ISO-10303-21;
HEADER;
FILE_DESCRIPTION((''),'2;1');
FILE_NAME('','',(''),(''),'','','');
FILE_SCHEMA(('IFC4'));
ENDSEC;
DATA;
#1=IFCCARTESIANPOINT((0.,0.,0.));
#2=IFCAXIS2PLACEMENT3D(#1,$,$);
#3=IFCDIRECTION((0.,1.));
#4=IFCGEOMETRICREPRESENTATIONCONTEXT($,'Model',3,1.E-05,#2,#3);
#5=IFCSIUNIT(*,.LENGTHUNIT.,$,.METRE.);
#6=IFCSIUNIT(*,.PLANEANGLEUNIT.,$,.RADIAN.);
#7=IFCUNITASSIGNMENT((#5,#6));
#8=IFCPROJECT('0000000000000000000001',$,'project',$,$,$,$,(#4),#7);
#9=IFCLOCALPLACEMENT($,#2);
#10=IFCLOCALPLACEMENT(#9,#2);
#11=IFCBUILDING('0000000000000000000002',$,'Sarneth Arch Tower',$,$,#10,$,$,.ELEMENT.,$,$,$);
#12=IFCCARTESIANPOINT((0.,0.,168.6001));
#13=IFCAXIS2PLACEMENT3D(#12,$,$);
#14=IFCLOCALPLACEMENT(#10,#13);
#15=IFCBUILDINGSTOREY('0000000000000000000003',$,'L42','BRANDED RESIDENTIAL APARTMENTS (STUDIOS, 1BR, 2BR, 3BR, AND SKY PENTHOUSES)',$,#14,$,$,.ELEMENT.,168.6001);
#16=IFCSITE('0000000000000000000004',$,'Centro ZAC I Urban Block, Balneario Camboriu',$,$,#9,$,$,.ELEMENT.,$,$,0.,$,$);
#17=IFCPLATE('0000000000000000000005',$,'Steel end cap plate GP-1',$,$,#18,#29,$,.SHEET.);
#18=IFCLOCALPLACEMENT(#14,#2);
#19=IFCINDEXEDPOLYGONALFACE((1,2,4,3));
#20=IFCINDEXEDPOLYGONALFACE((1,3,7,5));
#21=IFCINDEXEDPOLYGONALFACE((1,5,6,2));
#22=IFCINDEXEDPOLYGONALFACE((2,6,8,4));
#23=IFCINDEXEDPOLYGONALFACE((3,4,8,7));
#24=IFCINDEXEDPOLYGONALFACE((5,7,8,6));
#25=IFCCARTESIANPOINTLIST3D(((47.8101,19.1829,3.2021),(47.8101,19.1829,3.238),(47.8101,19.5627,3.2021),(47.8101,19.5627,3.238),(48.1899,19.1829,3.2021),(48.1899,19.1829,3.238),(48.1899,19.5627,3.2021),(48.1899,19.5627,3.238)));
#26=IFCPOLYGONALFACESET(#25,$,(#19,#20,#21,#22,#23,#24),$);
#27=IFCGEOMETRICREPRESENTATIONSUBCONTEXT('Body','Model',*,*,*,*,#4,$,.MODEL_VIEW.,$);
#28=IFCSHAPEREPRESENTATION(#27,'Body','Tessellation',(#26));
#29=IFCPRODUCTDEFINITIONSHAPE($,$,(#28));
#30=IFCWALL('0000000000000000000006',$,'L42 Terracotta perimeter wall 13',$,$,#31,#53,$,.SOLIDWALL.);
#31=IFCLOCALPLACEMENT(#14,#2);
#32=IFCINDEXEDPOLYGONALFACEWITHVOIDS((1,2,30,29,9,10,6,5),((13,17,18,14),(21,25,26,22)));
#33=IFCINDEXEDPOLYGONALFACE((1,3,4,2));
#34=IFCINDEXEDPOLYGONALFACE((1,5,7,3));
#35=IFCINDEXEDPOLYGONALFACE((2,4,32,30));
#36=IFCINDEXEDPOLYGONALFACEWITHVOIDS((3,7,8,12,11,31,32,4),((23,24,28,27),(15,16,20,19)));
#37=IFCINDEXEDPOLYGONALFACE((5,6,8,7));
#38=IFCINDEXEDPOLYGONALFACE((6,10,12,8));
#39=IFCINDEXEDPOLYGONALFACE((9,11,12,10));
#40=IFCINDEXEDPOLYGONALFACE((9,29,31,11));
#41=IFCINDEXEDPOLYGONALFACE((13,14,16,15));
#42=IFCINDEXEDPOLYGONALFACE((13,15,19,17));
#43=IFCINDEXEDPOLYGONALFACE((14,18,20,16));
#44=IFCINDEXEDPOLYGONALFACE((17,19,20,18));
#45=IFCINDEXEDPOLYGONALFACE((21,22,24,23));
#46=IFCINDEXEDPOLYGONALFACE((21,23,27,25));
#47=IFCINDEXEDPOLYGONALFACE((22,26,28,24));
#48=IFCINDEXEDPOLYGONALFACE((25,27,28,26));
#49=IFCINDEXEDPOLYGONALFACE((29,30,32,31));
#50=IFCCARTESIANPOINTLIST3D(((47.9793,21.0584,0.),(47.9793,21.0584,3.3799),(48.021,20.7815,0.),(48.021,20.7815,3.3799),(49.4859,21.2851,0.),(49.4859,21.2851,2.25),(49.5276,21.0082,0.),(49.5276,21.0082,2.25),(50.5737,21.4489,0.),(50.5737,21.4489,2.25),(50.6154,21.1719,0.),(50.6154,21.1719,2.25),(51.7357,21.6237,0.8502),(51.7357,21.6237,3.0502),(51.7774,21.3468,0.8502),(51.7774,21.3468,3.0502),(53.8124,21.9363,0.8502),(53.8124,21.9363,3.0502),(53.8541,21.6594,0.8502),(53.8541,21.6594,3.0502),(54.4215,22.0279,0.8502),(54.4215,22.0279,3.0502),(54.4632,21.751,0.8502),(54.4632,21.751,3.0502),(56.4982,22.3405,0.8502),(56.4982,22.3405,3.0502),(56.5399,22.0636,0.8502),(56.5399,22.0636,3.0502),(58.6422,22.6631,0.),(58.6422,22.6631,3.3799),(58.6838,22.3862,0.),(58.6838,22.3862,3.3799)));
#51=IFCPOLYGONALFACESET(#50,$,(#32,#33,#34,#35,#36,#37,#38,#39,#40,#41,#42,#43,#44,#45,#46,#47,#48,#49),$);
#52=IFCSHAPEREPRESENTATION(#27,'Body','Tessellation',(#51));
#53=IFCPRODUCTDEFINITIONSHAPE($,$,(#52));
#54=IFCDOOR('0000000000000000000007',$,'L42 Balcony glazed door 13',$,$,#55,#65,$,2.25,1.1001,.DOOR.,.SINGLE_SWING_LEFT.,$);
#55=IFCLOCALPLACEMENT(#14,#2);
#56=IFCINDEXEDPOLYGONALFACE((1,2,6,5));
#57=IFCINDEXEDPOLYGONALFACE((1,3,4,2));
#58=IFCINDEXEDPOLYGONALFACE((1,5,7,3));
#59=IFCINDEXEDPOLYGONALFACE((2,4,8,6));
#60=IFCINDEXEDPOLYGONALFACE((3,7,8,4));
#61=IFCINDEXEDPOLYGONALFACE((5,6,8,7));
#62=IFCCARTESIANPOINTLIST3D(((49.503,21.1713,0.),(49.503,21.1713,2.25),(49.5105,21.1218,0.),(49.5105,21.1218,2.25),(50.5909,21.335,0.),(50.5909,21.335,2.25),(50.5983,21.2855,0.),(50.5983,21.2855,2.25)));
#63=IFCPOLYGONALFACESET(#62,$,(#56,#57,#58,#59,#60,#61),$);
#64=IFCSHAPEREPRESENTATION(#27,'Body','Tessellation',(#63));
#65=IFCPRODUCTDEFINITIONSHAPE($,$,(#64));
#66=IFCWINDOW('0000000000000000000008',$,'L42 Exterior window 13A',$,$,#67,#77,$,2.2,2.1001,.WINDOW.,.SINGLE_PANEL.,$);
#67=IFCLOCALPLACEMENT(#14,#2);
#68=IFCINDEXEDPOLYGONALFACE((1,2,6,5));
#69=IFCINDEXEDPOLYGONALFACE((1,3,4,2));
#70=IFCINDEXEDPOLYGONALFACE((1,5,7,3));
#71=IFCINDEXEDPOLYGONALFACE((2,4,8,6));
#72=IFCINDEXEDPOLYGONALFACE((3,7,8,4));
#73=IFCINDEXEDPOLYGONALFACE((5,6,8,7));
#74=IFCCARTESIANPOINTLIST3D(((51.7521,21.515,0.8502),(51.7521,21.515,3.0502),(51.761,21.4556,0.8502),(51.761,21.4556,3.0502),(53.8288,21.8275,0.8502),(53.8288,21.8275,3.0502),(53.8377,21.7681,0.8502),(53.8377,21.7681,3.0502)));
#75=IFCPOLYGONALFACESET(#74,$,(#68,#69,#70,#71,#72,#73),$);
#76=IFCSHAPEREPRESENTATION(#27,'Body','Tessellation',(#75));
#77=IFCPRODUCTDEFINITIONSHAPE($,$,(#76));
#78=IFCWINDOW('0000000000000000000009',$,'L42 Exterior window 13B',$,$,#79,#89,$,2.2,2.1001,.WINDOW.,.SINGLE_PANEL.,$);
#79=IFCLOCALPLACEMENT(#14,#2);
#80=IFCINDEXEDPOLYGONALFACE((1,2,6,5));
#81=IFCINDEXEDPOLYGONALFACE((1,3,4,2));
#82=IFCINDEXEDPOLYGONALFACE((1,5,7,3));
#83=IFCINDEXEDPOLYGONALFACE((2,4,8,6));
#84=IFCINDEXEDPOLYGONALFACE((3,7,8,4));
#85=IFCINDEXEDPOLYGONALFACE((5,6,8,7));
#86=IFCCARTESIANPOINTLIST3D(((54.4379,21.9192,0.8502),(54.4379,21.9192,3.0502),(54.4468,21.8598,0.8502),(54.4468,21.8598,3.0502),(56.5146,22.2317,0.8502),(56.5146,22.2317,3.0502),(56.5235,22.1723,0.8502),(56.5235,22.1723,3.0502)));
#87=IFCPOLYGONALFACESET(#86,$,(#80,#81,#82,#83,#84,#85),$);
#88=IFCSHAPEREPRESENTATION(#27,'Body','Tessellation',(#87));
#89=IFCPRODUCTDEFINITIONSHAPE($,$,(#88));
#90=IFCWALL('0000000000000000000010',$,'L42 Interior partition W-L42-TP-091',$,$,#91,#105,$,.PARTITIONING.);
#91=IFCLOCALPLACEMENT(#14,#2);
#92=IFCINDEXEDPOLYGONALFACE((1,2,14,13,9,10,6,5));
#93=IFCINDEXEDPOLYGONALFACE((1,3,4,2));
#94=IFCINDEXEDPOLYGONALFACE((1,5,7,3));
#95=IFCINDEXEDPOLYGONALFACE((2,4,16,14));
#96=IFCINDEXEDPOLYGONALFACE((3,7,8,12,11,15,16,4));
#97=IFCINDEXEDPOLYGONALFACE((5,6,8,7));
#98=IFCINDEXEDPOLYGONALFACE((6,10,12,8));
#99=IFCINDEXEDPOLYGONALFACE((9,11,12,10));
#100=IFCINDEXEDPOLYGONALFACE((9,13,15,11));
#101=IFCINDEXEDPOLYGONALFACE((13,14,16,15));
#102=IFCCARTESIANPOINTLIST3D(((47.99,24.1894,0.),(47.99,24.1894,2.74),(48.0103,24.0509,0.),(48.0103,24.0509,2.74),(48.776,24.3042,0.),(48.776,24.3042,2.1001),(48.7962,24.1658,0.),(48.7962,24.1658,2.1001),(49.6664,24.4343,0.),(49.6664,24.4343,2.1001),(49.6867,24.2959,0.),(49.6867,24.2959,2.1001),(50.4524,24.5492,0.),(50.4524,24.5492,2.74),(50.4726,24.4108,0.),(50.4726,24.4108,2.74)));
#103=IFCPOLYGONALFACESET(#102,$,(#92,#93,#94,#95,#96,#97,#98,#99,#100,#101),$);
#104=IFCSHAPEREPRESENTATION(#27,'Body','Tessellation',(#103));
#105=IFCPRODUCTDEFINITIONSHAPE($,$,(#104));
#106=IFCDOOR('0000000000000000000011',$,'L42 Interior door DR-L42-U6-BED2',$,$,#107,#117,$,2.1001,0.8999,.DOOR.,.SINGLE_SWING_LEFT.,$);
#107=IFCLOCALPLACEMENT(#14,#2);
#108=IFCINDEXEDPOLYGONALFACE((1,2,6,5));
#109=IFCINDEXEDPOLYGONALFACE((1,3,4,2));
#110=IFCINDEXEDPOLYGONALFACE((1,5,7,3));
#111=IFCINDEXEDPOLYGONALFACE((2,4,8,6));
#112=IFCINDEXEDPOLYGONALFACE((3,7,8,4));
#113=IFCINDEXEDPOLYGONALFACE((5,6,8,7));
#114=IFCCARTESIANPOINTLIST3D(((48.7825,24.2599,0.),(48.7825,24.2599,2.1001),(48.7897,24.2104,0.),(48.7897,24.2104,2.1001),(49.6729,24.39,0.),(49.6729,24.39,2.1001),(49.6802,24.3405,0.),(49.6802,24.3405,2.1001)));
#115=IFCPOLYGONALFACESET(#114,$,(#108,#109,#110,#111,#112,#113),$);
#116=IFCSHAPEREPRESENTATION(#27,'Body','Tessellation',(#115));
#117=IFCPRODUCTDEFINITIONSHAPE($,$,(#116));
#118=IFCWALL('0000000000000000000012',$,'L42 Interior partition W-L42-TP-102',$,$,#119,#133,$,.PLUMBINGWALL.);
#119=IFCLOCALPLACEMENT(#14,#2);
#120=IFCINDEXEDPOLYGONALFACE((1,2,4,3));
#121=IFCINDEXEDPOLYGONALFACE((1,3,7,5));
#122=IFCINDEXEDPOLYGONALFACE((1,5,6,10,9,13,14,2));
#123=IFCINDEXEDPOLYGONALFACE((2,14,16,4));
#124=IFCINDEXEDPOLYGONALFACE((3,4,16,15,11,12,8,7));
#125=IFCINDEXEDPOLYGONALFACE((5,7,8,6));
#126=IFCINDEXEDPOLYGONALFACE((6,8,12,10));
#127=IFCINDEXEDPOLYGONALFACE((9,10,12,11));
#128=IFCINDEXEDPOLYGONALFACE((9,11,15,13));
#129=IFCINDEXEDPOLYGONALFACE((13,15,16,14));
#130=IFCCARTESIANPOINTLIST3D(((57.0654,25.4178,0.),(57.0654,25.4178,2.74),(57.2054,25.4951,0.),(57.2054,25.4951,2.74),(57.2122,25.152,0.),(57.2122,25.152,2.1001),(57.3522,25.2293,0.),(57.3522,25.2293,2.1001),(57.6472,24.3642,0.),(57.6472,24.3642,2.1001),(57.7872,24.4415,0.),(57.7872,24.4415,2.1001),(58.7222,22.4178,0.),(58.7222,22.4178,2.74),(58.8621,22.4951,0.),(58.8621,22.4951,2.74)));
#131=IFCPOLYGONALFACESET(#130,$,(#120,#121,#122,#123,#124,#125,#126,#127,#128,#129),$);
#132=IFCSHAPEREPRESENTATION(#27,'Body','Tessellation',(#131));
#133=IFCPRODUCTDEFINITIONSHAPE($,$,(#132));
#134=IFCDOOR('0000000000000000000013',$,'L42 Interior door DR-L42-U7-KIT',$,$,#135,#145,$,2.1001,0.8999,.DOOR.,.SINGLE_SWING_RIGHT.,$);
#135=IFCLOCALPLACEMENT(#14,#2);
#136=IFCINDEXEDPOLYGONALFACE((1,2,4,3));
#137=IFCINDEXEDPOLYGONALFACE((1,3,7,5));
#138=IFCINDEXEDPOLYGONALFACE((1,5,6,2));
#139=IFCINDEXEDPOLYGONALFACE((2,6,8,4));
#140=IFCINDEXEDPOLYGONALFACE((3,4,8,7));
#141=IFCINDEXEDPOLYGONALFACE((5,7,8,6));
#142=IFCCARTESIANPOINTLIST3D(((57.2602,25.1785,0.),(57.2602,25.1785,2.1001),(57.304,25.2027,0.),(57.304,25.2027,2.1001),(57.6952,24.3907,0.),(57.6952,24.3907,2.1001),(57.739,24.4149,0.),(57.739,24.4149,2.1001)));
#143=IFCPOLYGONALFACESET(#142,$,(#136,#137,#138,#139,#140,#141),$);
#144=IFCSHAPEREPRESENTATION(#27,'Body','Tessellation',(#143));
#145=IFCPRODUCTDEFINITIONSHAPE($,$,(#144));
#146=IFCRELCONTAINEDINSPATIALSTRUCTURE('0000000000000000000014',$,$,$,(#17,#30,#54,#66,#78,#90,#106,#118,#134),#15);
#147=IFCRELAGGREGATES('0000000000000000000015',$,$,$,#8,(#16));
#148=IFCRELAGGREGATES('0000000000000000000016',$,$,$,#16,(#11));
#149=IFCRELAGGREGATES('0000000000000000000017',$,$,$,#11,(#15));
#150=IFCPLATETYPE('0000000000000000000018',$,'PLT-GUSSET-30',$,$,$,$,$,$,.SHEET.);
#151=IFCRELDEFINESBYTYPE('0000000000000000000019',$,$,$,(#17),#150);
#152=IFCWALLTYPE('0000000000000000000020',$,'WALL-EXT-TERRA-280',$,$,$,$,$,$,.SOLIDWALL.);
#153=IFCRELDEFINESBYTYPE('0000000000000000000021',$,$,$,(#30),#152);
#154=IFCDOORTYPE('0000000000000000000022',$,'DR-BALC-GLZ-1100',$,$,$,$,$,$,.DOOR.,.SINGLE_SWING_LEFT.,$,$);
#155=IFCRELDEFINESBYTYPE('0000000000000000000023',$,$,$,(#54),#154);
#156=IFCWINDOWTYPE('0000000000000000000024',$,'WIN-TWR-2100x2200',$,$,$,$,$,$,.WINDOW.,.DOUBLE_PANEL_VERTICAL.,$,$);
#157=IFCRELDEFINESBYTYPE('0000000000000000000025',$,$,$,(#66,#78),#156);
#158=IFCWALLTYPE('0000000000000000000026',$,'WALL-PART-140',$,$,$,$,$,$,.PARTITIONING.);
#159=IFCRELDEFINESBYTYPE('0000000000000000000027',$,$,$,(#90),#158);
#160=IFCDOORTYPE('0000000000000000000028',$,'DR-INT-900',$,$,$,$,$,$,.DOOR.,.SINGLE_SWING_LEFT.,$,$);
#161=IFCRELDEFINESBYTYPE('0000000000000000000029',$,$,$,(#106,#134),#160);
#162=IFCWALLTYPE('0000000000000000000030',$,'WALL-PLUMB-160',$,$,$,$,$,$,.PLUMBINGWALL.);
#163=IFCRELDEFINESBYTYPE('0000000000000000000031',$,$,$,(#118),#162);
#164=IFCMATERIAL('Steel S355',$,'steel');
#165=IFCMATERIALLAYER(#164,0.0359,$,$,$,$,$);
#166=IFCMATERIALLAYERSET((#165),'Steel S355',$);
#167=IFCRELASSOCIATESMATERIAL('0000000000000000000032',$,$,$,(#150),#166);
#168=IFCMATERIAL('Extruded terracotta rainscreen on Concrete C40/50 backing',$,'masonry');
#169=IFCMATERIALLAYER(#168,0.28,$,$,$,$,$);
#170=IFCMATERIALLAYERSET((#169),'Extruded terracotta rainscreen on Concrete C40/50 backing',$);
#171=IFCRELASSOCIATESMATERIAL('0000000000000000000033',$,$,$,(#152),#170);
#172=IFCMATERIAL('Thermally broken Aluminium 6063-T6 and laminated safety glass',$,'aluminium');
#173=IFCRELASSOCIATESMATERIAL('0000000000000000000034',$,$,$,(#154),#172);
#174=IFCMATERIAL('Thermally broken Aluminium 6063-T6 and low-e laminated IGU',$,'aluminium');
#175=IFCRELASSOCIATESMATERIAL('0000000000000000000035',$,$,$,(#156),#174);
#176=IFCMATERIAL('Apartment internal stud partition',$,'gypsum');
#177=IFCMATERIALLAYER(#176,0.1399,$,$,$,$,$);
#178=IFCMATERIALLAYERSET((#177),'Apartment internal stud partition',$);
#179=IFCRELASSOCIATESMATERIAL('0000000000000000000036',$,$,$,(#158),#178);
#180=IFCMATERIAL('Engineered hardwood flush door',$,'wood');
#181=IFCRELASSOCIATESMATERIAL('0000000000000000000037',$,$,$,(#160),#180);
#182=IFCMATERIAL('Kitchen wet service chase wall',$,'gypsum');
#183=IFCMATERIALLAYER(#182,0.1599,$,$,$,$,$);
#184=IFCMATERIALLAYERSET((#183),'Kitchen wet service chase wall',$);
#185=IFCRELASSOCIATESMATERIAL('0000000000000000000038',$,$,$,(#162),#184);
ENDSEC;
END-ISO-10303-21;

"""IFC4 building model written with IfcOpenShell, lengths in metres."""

from ifc_helpers import new_model, si_unit, direction, frame, frame_2d, origin, origin_2d, place, context, subcontext, project, spatial, rectangle, extrude, material, layer, layer_set, type_object, element, fill, save


model = new_model("IFC4")

# Units and contexts
model_context = context("Model", 3, precision=1e-05, world=origin(), true_north=direction((0.0, 1.0)))
body_context = subcontext(model_context, "Body", "Model", "MODEL_VIEW")
ifc_project = project(units=[si_unit("LENGTHUNIT", "METRE"), si_unit("PLANEANGLEUNIT", "RADIAN")], contexts=[model_context])

# Site, building, storey
site_placement = place(None, origin())
site = spatial("IfcSite", under=ifc_project, at=site_placement, Name="Centro ZAC I Urban Block, Balneario Camboriu", CompositionType="ELEMENT", RefElevation=0.0)
building_placement = place(site_placement, origin())
building = spatial("IfcBuilding", under=site, at=building_placement, Name="Sarneth Arch Tower", CompositionType="ELEMENT")
storey_placement = place(building_placement, frame((0.0, 0.0, 168.6001)))
storey = spatial("IfcBuildingStorey", under=building, at=storey_placement, Name="L42", Description="BRANDED RESIDENTIAL APARTMENTS (STUDIOS, 1BR, 2BR, 3BR, AND SKY PENTHOUSES)", CompositionType="ELEMENT", Elevation=168.6001)

# Plate
ifc_material_1 = material(Name="Steel S355", Category="steel")
ifc_layer_1 = layer(ifc_material_1, 0.0359)
ifc_layer_set_1 = layer_set([ifc_layer_1], Name="Steel S355")
plate_type_1 = type_object("IfcPlateType", Name="PLT-GUSSET-30", PredefinedType="SHEET", material=ifc_layer_set_1)
plate_1_placement = place(storey_placement, frame((48.0, 19.3728, 3.2021), z_axis=(0.0, 0.0, 1.0), x_axis=(0.0, -1.0, 0.0)))
element("IfcPlate", 1, at=plate_1_placement, inside=storey, type_object=plate_type_1, Name="Steel end cap plate GP-1", PredefinedType="SHEET", context=body_context, shape_type="SweptSolid", body=[
    extrude(rectangle(XDim=0.3799, YDim=0.3799, at=origin_2d()), origin(), (0.0, 0.0, 1.0), 0.0359),
])

# Wall, openings, door, windows
ifc_material_2 = material(Name="Extruded terracotta rainscreen on Concrete C40/50 backing", Category="masonry")
ifc_layer_2 = layer(ifc_material_2, 0.28)
ifc_layer_set_2 = layer_set([ifc_layer_2], Name="Extruded terracotta rainscreen on Concrete C40/50 backing")
wall_type_1 = type_object("IfcWallType", Name="WALL-EXT-TERRA-280", PredefinedType="SOLIDWALL", material=ifc_layer_set_2)
wall_1_placement = place(storey_placement, frame((48.0, 20.9199, 0.0), z_axis=(0.0, 0.0, 1.0), x_axis=(0.988864, 0.148822, 0.0)))
wall_1 = element("IfcWall", 2, at=wall_1_placement, inside=storey, type_object=wall_type_1, Name="L42 Terracotta perimeter wall 13", PredefinedType="SOLIDWALL", context=body_context, shape_type="SweptSolid", body=[
    extrude(rectangle(XDim=10.783, YDim=0.28, at=frame_2d((5.3916, 0.0))), origin(), (0.0, 0.0, 1.0), 3.3799),
])
opening_1_placement = place(wall_1_placement, frame((1.5237, 0.0, 0.0)))
opening_1 = element("IfcOpeningElement", 3, at=opening_1_placement, cuts=wall_1, PredefinedType="OPENING", context=body_context, shape_type="SweptSolid", body=[
    extrude(rectangle(XDim=1.1001, YDim=2.25, at=frame_2d((0.55, 1.125))), frame((0.0, 0.1499, 0.0), z_axis=(0.0, -1.0, 0.0), x_axis=(1.0, 0.0, 0.0)), (0.0, 0.0, 1.0), 0.3),
])
opening_2_placement = place(wall_1_placement, frame((3.7988, 0.0, 0.8501)))
opening_2 = element("IfcOpeningElement", 4, at=opening_2_placement, cuts=wall_1, PredefinedType="OPENING", context=body_context, shape_type="SweptSolid", body=[
    extrude(rectangle(XDim=2.1001, YDim=2.2, at=frame_2d((1.05, 1.1001))), frame((0.0, 0.1499, 0.0), z_axis=(0.0, -1.0, 0.0), x_axis=(1.0, 0.0, 0.0)), (0.0, 0.0, 1.0), 0.3),
])
opening_3_placement = place(wall_1_placement, frame((6.5149, 0.0, 0.8501)))
opening_3 = element("IfcOpeningElement", 5, at=opening_3_placement, cuts=wall_1, PredefinedType="OPENING", context=body_context, shape_type="SweptSolid", body=[
    extrude(rectangle(XDim=2.1001, YDim=2.2, at=frame_2d((1.05, 1.1001))), frame((0.0, 0.1499, 0.0), z_axis=(0.0, -1.0, 0.0), x_axis=(1.0, 0.0, 0.0)), (0.0, 0.0, 1.0), 0.3),
])
ifc_material_3 = material(Name="Thermally broken Aluminium 6063-T6 and laminated safety glass", Category="aluminium")
door_type_1 = type_object("IfcDoorType", Name="DR-BALC-GLZ-1100", OperationType="SINGLE_SWING_LEFT", PredefinedType="DOOR", material=ifc_material_3)
door_1_placement = place(opening_1_placement, origin())
door_1 = element("IfcDoor", 6, at=door_1_placement, inside=storey, type_object=door_type_1, Name="L42 Balcony glazed door 13", OperationType="SINGLE_SWING_LEFT", OverallHeight=2.25, OverallWidth=1.1001, PredefinedType="DOOR", context=body_context, shape_type="SweptSolid", body=[
    extrude(rectangle(XDim=1.1001, YDim=2.25, at=frame_2d((0.55, 1.125))), frame((0.0, 0.0249, 0.0), z_axis=(0.0, -1.0, 0.0), x_axis=(1.0, 0.0, 0.0)), (0.0, 0.0, 1.0), 0.05),
])
fill(opening_1, door_1)
ifc_material_4 = material(Name="Thermally broken Aluminium 6063-T6 and low-e laminated IGU", Category="aluminium")
window_type = type_object("IfcWindowType", Name="WIN-TWR-2100x2200", PartitioningType="DOUBLE_PANEL_VERTICAL", PredefinedType="WINDOW", material=ifc_material_4)
window_1_placement = place(opening_2_placement, origin())
window_1 = element("IfcWindow", 7, at=window_1_placement, inside=storey, type_object=window_type, Name="L42 Exterior window 13A", OverallHeight=2.2, OverallWidth=2.1001, PartitioningType="SINGLE_PANEL", PredefinedType="WINDOW", context=body_context, shape_type="SweptSolid", body=[
    extrude(rectangle(XDim=2.1001, YDim=2.2, at=frame_2d((1.05, 1.1001))), frame((0.0, 0.03, 0.0), z_axis=(0.0, -1.0, 0.0), x_axis=(1.0, 0.0, 0.0)), (0.0, 0.0, 1.0), 0.0601),
])
fill(opening_2, window_1)
window_2_placement = place(opening_3_placement, origin())
window_2 = element("IfcWindow", 8, at=window_2_placement, inside=storey, type_object=window_type, Name="L42 Exterior window 13B", OverallHeight=2.2, OverallWidth=2.1001, PartitioningType="SINGLE_PANEL", PredefinedType="WINDOW", context=body_context, shape_type="SweptSolid", body=[
    extrude(rectangle(XDim=2.1001, YDim=2.2, at=frame_2d((1.05, 1.1001))), frame((0.0, 0.03, 0.0), z_axis=(0.0, -1.0, 0.0), x_axis=(1.0, 0.0, 0.0)), (0.0, 0.0, 1.0), 0.0601),
])
fill(opening_3, window_2)

# Walls, openings, doors
ifc_material_5 = material(Name="Apartment internal stud partition", Category="gypsum")
ifc_layer_3 = layer(ifc_material_5, 0.1399)
ifc_layer_set_3 = layer_set([ifc_layer_3], Name="Apartment internal stud partition")
wall_type_2 = type_object("IfcWallType", Name="WALL-PART-140", PredefinedType="PARTITIONING", material=ifc_layer_set_3)
wall_2_placement = place(storey_placement, frame((50.4624, 24.48, 0.0), z_axis=(0.0, 0.0, 1.0), x_axis=(-0.989489, -0.144607, 0.0)))
wall_2 = element("IfcWall", 9, at=wall_2_placement, inside=storey, type_object=wall_type_2, Name="L42 Interior partition W-L42-TP-091", PredefinedType="PARTITIONING", context=body_context, shape_type="SweptSolid", body=[
    extrude(rectangle(XDim=2.4885, YDim=0.1399, at=frame_2d((1.2441, 0.0))), origin(), (0.0, 0.0, 1.0), 2.74),
])
opening_4_placement = place(wall_2_placement, frame((0.7942, 0.0, 0.0)))
opening_4 = element("IfcOpeningElement", 10, at=opening_4_placement, cuts=wall_2, PredefinedType="OPENING", context=body_context, shape_type="SweptSolid", body=[
    extrude(rectangle(XDim=0.8999, YDim=2.1001, at=frame_2d((0.45, 1.05))), frame((0.0, 0.0798, 0.0), z_axis=(0.0, -1.0, 0.0), x_axis=(1.0, 0.0, 0.0)), (0.0, 0.0, 1.0), 0.1599),
])
ifc_material_6 = material(Name="Engineered hardwood flush door", Category="wood")
door_type_2 = type_object("IfcDoorType", Name="DR-INT-900", OperationType="SINGLE_SWING_LEFT", PredefinedType="DOOR", material=ifc_material_6)
door_2_placement = place(opening_4_placement, origin())
door_2 = element("IfcDoor", 11, at=door_2_placement, inside=storey, type_object=door_type_2, Name="L42 Interior door DR-L42-U6-BED2", OperationType="SINGLE_SWING_LEFT", OverallHeight=2.1001, OverallWidth=0.8999, PredefinedType="DOOR", context=body_context, shape_type="SweptSolid", body=[
    extrude(rectangle(XDim=0.8999, YDim=2.1001, at=frame_2d((0.45, 1.05))), frame((0.0, 0.0249, 0.0), z_axis=(0.0, -1.0, 0.0), x_axis=(1.0, 0.0, 0.0)), (0.0, 0.0, 1.0), 0.05),
])
fill(opening_4, door_2)
ifc_material_7 = material(Name="Kitchen wet service chase wall", Category="gypsum")
ifc_layer_4 = layer(ifc_material_7, 0.1599)
ifc_layer_set_4 = layer_set([ifc_layer_4], Name="Kitchen wet service chase wall")
wall_type_3 = type_object("IfcWallType", Name="WALL-PLUMB-160", PredefinedType="PLUMBINGWALL", material=ifc_layer_set_4)
wall_3_placement = place(storey_placement, frame((57.1355, 25.4563, 0.0), z_axis=(0.0, 0.0, 1.0), x_axis=(0.483428, -0.875384, 0.0)))
wall_3 = element("IfcWall", 12, at=wall_3_placement, inside=storey, type_object=wall_type_3, Name="L42 Interior partition W-L42-TP-102", PredefinedType="PLUMBINGWALL", context=body_context, shape_type="SweptSolid", body=[
    extrude(rectangle(XDim=3.427, YDim=0.1599, at=frame_2d((1.7134, 0.0))), origin(), (0.0, 0.0, 1.0), 2.74),
])
opening_5_placement = place(wall_3_placement, frame((0.3035, 0.0, 0.0)))
opening_5 = element("IfcOpeningElement", 13, at=opening_5_placement, cuts=wall_3, PredefinedType="OPENING", context=body_context, shape_type="SweptSolid", body=[
    extrude(rectangle(XDim=0.8999, YDim=2.1001, at=frame_2d((0.45, 1.05))), frame((0.0, 0.0898, 0.0), z_axis=(0.0, -1.0, 0.0), x_axis=(1.0, 0.0, 0.0)), (0.0, 0.0, 1.0), 0.1799),
])
door_3_placement = place(opening_5_placement, origin())
door_3 = element("IfcDoor", 14, at=door_3_placement, inside=storey, type_object=door_type_2, Name="L42 Interior door DR-L42-U7-KIT", OperationType="SINGLE_SWING_RIGHT", OverallHeight=2.1001, OverallWidth=0.8999, PredefinedType="DOOR", context=body_context, shape_type="SweptSolid", body=[
    extrude(rectangle(XDim=0.8999, YDim=2.1001, at=frame_2d((0.45, 1.05))), frame((0.0, 0.0249, 0.0), z_axis=(0.0, -1.0, 0.0), x_axis=(1.0, 0.0, 0.0)), (0.0, 0.0, 1.0), 0.05),
])
fill(opening_5, door_3)

save(model, "model.ifc")
